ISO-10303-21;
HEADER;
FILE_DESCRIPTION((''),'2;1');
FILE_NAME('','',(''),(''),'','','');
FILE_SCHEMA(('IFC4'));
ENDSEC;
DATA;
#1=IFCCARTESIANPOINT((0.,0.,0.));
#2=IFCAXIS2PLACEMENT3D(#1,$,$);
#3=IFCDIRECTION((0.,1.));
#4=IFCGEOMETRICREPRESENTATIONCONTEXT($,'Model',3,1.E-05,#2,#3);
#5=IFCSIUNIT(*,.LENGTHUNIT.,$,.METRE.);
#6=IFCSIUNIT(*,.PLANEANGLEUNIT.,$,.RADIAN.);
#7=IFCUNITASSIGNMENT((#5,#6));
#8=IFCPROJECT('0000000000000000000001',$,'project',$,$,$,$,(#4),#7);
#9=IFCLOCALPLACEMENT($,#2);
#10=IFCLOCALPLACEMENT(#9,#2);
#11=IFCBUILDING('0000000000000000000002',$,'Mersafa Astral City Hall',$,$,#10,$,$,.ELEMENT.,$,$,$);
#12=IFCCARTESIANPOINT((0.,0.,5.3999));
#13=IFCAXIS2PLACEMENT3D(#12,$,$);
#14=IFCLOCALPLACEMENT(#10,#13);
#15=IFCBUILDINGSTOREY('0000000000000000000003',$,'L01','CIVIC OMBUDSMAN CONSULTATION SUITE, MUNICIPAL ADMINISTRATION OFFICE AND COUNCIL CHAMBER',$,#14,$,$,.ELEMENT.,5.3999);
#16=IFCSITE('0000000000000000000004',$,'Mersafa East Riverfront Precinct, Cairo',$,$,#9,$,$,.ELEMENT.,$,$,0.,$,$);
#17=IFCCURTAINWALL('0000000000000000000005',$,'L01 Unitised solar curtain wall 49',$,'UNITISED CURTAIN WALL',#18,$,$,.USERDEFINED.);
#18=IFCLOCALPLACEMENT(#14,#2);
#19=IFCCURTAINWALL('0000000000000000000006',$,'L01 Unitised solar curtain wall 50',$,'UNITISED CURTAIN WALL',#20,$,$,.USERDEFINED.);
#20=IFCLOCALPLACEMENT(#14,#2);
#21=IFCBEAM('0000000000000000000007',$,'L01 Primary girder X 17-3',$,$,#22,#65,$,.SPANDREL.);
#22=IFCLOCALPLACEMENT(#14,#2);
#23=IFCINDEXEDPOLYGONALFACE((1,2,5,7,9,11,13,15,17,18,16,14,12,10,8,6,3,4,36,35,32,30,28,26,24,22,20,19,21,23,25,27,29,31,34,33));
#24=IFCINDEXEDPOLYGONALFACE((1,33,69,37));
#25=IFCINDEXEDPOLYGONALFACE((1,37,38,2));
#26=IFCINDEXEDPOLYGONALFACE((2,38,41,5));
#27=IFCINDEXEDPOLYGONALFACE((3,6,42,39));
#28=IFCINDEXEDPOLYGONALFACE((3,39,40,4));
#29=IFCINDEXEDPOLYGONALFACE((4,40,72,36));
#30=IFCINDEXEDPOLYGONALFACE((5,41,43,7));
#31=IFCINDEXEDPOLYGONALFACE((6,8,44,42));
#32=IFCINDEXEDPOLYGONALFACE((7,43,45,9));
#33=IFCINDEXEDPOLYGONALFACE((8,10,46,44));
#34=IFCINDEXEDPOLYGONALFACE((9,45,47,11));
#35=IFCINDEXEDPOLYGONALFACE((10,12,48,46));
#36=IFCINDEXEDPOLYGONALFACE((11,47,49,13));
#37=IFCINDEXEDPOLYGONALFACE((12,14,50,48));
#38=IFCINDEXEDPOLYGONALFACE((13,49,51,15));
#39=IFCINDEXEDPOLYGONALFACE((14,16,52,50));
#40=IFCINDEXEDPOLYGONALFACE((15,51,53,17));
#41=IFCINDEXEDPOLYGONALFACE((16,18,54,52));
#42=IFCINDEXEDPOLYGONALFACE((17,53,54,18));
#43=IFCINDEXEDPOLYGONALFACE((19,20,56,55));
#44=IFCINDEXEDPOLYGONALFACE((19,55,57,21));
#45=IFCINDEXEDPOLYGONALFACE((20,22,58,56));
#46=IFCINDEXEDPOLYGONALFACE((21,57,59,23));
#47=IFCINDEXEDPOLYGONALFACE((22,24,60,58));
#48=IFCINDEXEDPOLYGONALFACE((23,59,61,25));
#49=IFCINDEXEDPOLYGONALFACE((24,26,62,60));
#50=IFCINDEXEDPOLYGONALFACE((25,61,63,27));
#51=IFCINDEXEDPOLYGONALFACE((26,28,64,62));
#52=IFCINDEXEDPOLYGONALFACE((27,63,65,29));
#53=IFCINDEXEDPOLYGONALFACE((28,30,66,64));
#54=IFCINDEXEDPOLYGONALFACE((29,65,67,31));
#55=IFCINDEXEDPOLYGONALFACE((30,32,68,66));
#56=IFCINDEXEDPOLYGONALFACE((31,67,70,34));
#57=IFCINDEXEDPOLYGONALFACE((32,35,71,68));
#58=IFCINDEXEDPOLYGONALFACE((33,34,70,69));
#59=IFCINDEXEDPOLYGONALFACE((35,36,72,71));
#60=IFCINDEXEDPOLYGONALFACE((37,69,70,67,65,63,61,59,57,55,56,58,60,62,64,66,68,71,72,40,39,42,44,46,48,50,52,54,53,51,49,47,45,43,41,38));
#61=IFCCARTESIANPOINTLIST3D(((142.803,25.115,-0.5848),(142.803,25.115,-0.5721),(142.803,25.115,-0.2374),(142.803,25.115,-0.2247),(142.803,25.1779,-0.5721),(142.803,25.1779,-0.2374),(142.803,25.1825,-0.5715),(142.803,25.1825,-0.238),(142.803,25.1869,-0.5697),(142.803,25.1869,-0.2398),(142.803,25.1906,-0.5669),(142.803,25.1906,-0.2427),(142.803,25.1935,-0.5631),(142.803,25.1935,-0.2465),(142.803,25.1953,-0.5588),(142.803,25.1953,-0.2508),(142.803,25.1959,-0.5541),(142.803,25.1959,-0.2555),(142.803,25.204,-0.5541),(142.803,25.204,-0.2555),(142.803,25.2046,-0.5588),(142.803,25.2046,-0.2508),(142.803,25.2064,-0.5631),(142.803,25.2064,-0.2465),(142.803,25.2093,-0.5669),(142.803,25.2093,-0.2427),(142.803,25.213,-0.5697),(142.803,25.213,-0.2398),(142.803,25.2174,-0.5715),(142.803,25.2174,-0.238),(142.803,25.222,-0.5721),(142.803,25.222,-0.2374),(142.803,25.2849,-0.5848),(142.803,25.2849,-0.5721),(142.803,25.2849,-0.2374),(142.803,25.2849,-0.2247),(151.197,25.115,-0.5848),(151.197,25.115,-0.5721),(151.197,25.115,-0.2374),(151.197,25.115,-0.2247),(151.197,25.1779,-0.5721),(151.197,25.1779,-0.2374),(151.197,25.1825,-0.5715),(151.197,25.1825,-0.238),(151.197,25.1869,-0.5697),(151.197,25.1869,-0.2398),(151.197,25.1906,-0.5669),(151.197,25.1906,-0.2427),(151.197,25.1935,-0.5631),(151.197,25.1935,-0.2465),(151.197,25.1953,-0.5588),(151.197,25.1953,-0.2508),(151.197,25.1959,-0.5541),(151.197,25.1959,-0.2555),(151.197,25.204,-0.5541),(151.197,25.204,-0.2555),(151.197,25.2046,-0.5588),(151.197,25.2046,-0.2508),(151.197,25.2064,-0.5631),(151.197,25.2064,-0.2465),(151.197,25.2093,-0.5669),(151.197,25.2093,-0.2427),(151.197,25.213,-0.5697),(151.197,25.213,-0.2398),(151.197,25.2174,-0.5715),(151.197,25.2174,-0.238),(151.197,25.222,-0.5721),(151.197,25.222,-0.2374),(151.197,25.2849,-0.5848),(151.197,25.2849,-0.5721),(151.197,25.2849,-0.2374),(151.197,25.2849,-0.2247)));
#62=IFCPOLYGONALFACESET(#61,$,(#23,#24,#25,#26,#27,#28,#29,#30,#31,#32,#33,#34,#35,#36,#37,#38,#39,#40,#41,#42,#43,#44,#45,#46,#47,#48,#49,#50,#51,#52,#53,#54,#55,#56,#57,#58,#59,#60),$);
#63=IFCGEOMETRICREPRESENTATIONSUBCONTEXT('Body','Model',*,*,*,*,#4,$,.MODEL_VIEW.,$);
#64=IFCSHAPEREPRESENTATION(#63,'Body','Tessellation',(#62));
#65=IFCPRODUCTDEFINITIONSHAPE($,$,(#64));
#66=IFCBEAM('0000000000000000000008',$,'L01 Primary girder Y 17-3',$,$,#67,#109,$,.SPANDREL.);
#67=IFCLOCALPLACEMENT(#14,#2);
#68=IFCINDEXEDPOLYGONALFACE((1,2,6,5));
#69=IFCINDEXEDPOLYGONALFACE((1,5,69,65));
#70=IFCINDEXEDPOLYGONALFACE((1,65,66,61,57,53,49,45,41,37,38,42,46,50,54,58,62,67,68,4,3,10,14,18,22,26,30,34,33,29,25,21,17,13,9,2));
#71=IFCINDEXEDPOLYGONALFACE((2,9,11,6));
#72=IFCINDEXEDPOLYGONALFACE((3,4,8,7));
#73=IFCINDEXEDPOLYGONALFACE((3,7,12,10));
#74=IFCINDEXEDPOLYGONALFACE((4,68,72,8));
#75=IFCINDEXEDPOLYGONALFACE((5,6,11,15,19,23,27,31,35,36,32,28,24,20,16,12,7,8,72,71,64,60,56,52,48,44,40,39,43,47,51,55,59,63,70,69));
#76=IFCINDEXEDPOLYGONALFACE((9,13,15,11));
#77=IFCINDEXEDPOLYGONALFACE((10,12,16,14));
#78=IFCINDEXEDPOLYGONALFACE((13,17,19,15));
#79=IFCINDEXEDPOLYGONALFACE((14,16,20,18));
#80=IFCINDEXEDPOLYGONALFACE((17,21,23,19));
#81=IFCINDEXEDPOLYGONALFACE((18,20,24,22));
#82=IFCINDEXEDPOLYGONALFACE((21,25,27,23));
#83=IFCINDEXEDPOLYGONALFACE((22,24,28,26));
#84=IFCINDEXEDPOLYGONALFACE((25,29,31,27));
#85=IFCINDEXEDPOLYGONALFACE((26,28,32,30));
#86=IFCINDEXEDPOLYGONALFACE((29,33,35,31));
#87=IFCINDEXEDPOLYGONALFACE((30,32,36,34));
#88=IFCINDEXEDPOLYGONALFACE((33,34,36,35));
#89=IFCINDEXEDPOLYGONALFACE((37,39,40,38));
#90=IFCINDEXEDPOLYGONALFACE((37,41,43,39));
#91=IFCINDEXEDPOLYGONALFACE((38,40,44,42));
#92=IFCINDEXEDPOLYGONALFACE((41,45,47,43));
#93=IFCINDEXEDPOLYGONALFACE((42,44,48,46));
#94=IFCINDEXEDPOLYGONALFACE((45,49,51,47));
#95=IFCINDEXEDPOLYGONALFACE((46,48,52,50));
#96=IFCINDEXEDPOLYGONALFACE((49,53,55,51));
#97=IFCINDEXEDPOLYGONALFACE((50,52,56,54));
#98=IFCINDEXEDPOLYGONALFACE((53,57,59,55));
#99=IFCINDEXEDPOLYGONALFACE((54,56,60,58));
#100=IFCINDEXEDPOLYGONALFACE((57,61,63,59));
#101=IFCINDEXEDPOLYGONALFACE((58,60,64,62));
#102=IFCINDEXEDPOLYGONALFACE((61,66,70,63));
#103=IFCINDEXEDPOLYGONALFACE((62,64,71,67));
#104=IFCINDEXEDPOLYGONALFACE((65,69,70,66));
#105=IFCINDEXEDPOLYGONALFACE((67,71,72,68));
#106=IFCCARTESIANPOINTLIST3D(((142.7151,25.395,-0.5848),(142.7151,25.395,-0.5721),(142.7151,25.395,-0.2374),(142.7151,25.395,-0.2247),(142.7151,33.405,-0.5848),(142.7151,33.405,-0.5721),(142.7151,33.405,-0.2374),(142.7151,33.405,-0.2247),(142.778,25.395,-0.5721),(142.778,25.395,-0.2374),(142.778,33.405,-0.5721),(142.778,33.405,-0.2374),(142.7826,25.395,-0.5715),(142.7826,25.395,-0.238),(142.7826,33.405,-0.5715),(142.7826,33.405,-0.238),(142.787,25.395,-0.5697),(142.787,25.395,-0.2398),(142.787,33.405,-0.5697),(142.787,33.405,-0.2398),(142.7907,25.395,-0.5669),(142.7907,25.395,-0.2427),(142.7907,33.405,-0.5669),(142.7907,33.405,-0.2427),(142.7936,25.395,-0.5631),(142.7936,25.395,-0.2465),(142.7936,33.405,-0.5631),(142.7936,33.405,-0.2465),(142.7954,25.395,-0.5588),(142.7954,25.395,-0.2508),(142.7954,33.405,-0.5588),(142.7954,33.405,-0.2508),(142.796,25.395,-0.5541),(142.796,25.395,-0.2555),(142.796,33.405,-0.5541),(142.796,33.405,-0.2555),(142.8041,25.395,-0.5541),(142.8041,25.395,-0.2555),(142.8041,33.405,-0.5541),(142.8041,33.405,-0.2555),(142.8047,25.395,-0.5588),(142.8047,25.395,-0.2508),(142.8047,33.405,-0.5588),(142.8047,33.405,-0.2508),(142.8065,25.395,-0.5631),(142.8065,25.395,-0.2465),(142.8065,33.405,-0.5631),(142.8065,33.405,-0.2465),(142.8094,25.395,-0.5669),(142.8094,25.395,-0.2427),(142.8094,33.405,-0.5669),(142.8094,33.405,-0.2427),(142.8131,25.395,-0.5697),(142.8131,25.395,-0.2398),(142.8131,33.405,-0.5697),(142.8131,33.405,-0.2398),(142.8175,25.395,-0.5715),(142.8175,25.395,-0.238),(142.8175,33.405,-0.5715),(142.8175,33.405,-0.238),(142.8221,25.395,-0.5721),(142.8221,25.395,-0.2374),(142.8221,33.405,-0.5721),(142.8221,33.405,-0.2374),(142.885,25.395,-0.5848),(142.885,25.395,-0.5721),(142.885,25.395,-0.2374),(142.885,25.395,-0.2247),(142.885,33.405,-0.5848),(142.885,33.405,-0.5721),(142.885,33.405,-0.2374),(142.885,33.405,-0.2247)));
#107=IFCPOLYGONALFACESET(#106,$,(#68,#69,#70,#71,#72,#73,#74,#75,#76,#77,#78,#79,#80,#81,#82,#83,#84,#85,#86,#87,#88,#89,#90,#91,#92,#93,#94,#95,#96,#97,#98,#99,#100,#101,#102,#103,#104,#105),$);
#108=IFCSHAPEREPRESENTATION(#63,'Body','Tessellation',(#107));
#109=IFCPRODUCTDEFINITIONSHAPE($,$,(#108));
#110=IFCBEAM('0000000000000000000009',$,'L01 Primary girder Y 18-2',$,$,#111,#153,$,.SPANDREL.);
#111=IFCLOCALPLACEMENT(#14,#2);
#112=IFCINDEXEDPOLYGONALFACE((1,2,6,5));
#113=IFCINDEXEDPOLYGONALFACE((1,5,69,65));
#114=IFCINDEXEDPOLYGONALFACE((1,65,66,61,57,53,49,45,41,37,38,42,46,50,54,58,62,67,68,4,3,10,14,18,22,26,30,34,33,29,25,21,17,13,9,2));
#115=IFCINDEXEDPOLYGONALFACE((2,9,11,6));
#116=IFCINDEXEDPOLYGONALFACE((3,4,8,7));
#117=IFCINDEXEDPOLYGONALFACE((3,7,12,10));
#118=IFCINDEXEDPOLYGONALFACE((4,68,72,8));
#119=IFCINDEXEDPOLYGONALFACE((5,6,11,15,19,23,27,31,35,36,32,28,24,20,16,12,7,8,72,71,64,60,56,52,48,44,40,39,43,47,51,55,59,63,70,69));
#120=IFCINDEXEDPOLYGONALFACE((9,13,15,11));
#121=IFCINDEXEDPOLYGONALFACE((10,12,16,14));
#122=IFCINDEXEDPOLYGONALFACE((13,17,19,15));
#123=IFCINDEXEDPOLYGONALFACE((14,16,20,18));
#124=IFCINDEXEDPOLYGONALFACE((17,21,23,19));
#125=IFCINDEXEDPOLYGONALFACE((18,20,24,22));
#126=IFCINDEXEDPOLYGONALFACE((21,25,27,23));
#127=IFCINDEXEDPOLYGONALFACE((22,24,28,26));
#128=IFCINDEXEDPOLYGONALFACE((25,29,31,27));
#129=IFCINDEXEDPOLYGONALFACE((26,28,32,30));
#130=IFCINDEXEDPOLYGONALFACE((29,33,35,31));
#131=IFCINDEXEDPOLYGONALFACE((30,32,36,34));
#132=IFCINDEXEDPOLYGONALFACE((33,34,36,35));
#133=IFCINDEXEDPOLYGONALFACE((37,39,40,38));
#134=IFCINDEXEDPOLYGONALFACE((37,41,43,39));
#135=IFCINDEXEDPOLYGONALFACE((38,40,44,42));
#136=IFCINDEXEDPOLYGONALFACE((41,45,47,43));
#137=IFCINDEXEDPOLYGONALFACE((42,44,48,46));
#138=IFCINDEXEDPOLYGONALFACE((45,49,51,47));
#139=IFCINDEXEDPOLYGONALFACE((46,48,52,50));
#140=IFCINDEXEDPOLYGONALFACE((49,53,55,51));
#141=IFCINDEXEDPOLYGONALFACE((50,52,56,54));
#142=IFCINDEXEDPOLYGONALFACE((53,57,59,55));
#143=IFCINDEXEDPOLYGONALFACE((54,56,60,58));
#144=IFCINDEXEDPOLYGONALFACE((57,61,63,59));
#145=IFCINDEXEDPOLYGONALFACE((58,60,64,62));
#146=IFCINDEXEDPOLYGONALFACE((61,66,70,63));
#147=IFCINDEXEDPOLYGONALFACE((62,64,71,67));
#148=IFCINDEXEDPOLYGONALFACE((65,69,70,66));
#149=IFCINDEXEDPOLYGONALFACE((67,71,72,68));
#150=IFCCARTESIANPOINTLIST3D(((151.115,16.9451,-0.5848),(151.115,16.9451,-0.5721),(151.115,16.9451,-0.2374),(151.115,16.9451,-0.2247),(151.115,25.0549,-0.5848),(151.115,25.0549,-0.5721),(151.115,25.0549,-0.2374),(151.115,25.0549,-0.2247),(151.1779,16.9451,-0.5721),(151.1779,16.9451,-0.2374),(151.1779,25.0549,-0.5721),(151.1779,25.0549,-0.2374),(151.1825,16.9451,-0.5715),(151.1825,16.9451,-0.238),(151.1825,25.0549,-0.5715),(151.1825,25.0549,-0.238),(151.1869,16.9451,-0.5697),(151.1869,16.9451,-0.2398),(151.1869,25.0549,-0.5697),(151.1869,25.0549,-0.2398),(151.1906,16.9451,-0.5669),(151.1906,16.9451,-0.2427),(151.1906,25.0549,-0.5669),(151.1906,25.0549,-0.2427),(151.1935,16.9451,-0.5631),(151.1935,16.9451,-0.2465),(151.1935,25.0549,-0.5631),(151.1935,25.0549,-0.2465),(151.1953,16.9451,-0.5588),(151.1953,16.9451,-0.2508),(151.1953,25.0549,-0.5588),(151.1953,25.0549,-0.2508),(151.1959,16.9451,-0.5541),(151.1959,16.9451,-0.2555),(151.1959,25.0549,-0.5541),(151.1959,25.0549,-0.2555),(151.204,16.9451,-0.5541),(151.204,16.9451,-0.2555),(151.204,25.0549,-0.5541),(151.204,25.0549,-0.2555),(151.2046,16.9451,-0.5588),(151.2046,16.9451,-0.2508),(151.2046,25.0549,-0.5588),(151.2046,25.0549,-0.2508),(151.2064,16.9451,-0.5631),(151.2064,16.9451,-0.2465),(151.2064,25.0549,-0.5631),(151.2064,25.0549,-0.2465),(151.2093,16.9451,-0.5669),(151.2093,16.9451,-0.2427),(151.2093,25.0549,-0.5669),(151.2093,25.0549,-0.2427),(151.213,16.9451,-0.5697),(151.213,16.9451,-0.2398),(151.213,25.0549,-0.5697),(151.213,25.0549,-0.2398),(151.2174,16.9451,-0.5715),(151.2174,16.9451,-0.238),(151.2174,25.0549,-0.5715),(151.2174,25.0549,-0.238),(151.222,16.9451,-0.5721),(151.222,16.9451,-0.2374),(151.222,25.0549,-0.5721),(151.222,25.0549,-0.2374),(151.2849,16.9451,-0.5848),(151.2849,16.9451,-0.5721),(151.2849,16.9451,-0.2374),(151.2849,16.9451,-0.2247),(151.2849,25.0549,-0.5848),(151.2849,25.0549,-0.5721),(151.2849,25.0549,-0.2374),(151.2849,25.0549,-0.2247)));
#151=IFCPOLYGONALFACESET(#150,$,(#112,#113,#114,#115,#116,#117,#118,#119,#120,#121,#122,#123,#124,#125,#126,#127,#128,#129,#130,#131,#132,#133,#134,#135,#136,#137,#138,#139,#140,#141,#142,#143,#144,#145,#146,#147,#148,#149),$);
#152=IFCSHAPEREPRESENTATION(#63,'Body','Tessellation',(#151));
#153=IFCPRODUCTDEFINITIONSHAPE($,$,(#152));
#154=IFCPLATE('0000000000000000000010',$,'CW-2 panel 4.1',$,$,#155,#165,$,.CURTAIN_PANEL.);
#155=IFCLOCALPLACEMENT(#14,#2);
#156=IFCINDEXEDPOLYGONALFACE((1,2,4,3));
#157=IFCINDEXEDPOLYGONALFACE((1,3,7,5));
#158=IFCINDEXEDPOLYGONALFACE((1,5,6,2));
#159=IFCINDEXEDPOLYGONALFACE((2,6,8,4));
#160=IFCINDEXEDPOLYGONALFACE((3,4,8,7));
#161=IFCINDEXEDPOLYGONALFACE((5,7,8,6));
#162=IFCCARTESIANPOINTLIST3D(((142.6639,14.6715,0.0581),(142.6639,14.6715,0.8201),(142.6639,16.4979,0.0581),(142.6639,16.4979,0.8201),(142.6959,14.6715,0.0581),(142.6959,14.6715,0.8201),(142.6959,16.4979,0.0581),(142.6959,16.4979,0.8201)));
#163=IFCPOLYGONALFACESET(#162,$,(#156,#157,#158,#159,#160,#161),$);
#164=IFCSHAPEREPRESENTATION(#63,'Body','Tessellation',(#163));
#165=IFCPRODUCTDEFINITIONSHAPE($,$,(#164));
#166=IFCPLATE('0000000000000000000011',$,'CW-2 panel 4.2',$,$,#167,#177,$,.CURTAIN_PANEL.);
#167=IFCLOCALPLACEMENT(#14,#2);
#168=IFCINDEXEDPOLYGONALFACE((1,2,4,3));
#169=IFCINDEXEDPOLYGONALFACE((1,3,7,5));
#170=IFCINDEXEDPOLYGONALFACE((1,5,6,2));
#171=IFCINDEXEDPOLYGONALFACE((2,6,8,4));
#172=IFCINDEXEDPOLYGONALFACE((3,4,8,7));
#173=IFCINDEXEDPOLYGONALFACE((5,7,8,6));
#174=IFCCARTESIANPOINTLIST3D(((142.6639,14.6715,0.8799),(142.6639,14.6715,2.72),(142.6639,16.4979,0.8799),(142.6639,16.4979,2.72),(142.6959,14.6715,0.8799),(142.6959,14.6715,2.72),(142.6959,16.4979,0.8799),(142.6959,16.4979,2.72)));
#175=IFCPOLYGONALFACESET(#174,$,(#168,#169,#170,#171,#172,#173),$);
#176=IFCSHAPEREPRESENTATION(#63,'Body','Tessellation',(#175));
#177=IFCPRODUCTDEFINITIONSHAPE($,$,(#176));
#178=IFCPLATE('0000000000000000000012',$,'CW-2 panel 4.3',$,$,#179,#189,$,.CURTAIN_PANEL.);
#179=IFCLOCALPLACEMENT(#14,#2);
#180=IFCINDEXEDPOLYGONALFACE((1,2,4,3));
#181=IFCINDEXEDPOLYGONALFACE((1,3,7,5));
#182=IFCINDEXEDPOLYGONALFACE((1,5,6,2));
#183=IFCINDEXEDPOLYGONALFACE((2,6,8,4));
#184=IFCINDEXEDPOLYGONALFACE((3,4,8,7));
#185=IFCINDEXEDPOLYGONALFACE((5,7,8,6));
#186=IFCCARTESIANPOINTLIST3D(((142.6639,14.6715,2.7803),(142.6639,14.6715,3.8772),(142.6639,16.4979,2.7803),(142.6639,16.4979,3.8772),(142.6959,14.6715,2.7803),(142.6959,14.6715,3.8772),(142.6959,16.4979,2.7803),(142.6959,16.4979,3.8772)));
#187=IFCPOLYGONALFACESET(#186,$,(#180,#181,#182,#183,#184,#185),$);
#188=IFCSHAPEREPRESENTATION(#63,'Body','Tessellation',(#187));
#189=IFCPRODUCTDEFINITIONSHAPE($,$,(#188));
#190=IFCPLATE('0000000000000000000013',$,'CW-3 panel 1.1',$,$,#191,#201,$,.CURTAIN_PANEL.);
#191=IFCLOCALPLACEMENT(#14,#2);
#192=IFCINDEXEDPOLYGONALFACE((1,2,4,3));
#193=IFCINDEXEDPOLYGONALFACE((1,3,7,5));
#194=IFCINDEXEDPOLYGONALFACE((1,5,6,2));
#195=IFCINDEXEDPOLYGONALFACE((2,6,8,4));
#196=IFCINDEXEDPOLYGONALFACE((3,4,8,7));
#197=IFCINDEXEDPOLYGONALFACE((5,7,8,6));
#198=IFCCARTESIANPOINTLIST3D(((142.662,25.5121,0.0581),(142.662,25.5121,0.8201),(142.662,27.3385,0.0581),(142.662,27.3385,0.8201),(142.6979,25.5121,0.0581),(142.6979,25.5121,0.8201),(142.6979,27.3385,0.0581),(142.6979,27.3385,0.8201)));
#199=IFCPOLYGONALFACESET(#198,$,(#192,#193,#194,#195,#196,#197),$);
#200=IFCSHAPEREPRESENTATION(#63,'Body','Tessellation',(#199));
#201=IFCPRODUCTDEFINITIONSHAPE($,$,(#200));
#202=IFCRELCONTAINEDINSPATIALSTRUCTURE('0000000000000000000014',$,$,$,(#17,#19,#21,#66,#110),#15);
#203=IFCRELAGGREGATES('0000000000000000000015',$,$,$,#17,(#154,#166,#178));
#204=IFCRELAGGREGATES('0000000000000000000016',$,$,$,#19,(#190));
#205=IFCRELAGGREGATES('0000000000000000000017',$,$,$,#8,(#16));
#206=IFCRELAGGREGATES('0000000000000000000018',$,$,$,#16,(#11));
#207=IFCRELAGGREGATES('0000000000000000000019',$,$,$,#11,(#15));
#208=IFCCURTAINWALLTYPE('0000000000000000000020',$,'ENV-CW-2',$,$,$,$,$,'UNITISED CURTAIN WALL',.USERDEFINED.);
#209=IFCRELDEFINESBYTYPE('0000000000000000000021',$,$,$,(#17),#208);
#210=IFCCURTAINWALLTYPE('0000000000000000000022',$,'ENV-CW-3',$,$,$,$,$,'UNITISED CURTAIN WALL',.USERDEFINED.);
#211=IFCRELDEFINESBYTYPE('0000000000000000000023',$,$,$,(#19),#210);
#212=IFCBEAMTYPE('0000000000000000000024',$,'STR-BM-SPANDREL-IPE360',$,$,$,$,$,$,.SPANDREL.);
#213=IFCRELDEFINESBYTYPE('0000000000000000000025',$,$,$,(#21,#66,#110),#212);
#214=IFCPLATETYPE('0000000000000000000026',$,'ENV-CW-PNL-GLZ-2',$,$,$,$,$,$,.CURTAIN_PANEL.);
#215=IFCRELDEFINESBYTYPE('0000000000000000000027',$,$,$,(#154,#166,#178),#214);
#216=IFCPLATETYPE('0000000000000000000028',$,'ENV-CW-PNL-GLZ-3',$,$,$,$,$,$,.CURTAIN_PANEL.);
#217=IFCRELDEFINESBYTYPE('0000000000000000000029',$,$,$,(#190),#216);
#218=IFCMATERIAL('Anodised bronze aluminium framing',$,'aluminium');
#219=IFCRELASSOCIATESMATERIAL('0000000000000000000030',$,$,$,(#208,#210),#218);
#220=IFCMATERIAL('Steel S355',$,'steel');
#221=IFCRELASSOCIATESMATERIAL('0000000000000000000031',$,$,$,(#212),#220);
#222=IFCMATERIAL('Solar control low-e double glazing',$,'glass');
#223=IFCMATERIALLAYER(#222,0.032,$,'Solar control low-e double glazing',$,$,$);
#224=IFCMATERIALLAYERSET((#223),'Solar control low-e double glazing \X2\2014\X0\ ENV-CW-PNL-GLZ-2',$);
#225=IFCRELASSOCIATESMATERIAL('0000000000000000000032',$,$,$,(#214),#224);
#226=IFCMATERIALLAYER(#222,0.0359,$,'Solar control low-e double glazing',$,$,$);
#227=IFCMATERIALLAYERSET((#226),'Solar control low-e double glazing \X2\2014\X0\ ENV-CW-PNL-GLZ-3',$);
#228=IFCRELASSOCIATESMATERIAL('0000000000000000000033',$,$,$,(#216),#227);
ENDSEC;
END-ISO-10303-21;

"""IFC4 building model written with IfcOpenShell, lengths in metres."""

from ifc_helpers import new_model, si_unit, direction, frame, origin, origin_2d, place, context, subcontext, project, spatial, rectangle, i_section, extrude, material, layer, layer_set, material_profile, profile_set, type_object, element, aggregate, save


model = new_model("IFC4")

# Units and contexts
model_context = context("Model", 3, precision=1e-05, world=origin(), true_north=direction((0.0, 1.0)))
body_context = subcontext(model_context, "Body", "Model", "MODEL_VIEW")
ifc_project = project(units=[si_unit("LENGTHUNIT", "METRE"), si_unit("PLANEANGLEUNIT", "RADIAN")], contexts=[model_context])

# Site, building, storey
site_placement = place(None, origin())
site = spatial("IfcSite", under=ifc_project, at=site_placement, Name="Mersafa East Riverfront Precinct, Cairo", CompositionType="ELEMENT", RefElevation=0.0)
building_placement = place(site_placement, origin())
building = spatial("IfcBuilding", under=site, at=building_placement, Name="Mersafa Astral City Hall", CompositionType="ELEMENT")
storey_placement = place(building_placement, frame((0.0, 0.0, 5.3999)))
storey = spatial("IfcBuildingStorey", under=building, at=storey_placement, Name="L01", Description="CIVIC OMBUDSMAN CONSULTATION SUITE, MUNICIPAL ADMINISTRATION OFFICE AND COUNCIL CHAMBER", CompositionType="ELEMENT", Elevation=5.3999)

# Shared definitions
ifc_material_1 = material(Name="Steel S355", Category="steel")

# Curtain wall
ifc_material_2 = material(Name="Anodised bronze aluminium framing", Category="aluminium")
curtain_wall_type_1 = type_object("IfcCurtainWallType", Name="ENV-CW-2", ElementType="UNITISED CURTAIN WALL", PredefinedType="USERDEFINED", material=ifc_material_2)
curtain_wall_1_placement = place(storey_placement, origin())
curtain_wall_1 = element("IfcCurtainWall", 1, at=curtain_wall_1_placement, inside=storey, type_object=curtain_wall_type_1, Name="L01 Unitised solar curtain wall 49", ObjectType="UNITISED CURTAIN WALL", PredefinedType="USERDEFINED")

# Curtain wall
curtain_wall_type_2 = type_object("IfcCurtainWallType", Name="ENV-CW-3", ElementType="UNITISED CURTAIN WALL", PredefinedType="USERDEFINED", material=ifc_material_2)
curtain_wall_2_placement = place(storey_placement, origin())
curtain_wall_2 = element("IfcCurtainWall", 2, at=curtain_wall_2_placement, inside=storey, type_object=curtain_wall_type_2, Name="L01 Unitised solar curtain wall 50", ObjectType="UNITISED CURTAIN WALL", PredefinedType="USERDEFINED")

# Beams
ifc_material_profile_1 = material_profile(ifc_material_1, i_section(OverallWidth=0.1699, OverallDepth=0.3601, WebThickness=0.0081, FlangeThickness=0.0127, FilletRadius=0.0181, at=origin_2d()), Name="IPE 360")
ifc_profile_set_1 = profile_set([ifc_material_profile_1], Name="Steel S355")
beam_type_1 = type_object("IfcBeamType", Name="STR-BM-SPANDREL-IPE360", PredefinedType="SPANDREL", material=ifc_profile_set_1)
beam_1_placement = place(storey_placement, frame((142.803, 25.2, -0.4048), z_axis=(1.0, 0.0, 0.0), x_axis=(0.0, 1.0, 0.0)))
element("IfcBeam", 3, at=beam_1_placement, inside=storey, type_object=beam_type_1, Name="L01 Primary girder X 17-3", PredefinedType="SPANDREL", context=body_context, shape_type="SweptSolid", body=[
    extrude(i_section(OverallWidth=0.1699, OverallDepth=0.3601, WebThickness=0.0081, FlangeThickness=0.0127, FilletRadius=0.0181, at=origin_2d()), origin(), (0.0, 0.0, 1.0), 8.394),
])
beam_2_placement = place(storey_placement, frame((142.8, 25.395, -0.4048), z_axis=(0.0, 1.0, 0.0), x_axis=(-1.0, 0.0, 0.0)))
element("IfcBeam", 4, at=beam_2_placement, inside=storey, type_object=beam_type_1, Name="L01 Primary girder Y 17-3", PredefinedType="SPANDREL", context=body_context, shape_type="SweptSolid", body=[
    extrude(i_section(OverallWidth=0.1699, OverallDepth=0.3601, WebThickness=0.0081, FlangeThickness=0.0127, FilletRadius=0.0181, at=origin_2d()), origin(), (0.0, 0.0, 1.0), 8.01),
])
beam_3_placement = place(storey_placement, frame((151.2, 16.9451, -0.4048), z_axis=(0.0, 1.0, 0.0), x_axis=(-1.0, 0.0, 0.0)))
element("IfcBeam", 5, at=beam_3_placement, inside=storey, type_object=beam_type_1, Name="L01 Primary girder Y 18-2", PredefinedType="SPANDREL", context=body_context, shape_type="SweptSolid", body=[
    extrude(i_section(OverallWidth=0.1699, OverallDepth=0.3601, WebThickness=0.0081, FlangeThickness=0.0127, FilletRadius=0.0181, at=origin_2d()), origin(), (0.0, 0.0, 1.0), 8.1099),
])

# Plates
ifc_material_3 = material(Name="Solar control low-e double glazing", Category="glass")
ifc_layer_1 = layer(ifc_material_3, 0.032, Name="Solar control low-e double glazing")
ifc_layer_set_1 = layer_set([ifc_layer_1], Name="Solar control low-e double glazing — ENV-CW-PNL-GLZ-2")
plate_type_1 = type_object("IfcPlateType", Name="ENV-CW-PNL-GLZ-2", PredefinedType="CURTAIN_PANEL", material=ifc_layer_set_1)
plate_1_placement = place(storey_placement, frame((142.6799, 15.5847, 0.0581), z_axis=(0.0, 0.0, 1.0), x_axis=(0.0, 1.0, 0.0)))
plate_1 = element("IfcPlate", 6, at=plate_1_placement, type_object=plate_type_1, Name="CW-2 panel 4.1", PredefinedType="CURTAIN_PANEL", context=body_context, shape_type="SweptSolid", body=[
    extrude(rectangle(XDim=1.8264, YDim=0.032, at=origin_2d()), origin(), (0.0, 0.0, 1.0), 0.762),
])
plate_2_placement = place(storey_placement, frame((142.6799, 15.5847, 0.8799), z_axis=(0.0, 0.0, 1.0), x_axis=(0.0, 1.0, 0.0)))
plate_2 = element("IfcPlate", 7, at=plate_2_placement, type_object=plate_type_1, Name="CW-2 panel 4.2", PredefinedType="CURTAIN_PANEL", context=body_context, shape_type="SweptSolid", body=[
    extrude(rectangle(XDim=1.8264, YDim=0.032, at=origin_2d()), origin(), (0.0, 0.0, 1.0), 1.8401),
])
plate_3_placement = place(storey_placement, frame((142.6799, 15.5847, 2.7803), z_axis=(0.0, 0.0, 1.0), x_axis=(0.0, 1.0, 0.0)))
plate_3 = element("IfcPlate", 8, at=plate_3_placement, type_object=plate_type_1, Name="CW-2 panel 4.3", PredefinedType="CURTAIN_PANEL", context=body_context, shape_type="SweptSolid", body=[
    extrude(rectangle(XDim=1.8264, YDim=0.032, at=origin_2d()), origin(), (0.0, 0.0, 1.0), 1.0969),
])
aggregate(curtain_wall_1, [plate_1, plate_2, plate_3])
ifc_layer_2 = layer(ifc_material_3, 0.0359, Name="Solar control low-e double glazing")
ifc_layer_set_2 = layer_set([ifc_layer_2], Name="Solar control low-e double glazing — ENV-CW-PNL-GLZ-3")
plate_type_2 = type_object("IfcPlateType", Name="ENV-CW-PNL-GLZ-3", PredefinedType="CURTAIN_PANEL", material=ifc_layer_set_2)
plate_4_placement = place(storey_placement, frame((142.6799, 26.4253, 0.0581), z_axis=(0.0, 0.0, 1.0), x_axis=(0.0, 1.0, 0.0)))
plate_4 = element("IfcPlate", 9, at=plate_4_placement, type_object=plate_type_2, Name="CW-3 panel 1.1", PredefinedType="CURTAIN_PANEL", context=body_context, shape_type="SweptSolid", body=[
    extrude(rectangle(XDim=1.8264, YDim=0.0359, at=origin_2d()), origin(), (0.0, 0.0, 1.0), 0.762),
])
aggregate(curtain_wall_2, [plate_4])

save(model, "model.ifc")
